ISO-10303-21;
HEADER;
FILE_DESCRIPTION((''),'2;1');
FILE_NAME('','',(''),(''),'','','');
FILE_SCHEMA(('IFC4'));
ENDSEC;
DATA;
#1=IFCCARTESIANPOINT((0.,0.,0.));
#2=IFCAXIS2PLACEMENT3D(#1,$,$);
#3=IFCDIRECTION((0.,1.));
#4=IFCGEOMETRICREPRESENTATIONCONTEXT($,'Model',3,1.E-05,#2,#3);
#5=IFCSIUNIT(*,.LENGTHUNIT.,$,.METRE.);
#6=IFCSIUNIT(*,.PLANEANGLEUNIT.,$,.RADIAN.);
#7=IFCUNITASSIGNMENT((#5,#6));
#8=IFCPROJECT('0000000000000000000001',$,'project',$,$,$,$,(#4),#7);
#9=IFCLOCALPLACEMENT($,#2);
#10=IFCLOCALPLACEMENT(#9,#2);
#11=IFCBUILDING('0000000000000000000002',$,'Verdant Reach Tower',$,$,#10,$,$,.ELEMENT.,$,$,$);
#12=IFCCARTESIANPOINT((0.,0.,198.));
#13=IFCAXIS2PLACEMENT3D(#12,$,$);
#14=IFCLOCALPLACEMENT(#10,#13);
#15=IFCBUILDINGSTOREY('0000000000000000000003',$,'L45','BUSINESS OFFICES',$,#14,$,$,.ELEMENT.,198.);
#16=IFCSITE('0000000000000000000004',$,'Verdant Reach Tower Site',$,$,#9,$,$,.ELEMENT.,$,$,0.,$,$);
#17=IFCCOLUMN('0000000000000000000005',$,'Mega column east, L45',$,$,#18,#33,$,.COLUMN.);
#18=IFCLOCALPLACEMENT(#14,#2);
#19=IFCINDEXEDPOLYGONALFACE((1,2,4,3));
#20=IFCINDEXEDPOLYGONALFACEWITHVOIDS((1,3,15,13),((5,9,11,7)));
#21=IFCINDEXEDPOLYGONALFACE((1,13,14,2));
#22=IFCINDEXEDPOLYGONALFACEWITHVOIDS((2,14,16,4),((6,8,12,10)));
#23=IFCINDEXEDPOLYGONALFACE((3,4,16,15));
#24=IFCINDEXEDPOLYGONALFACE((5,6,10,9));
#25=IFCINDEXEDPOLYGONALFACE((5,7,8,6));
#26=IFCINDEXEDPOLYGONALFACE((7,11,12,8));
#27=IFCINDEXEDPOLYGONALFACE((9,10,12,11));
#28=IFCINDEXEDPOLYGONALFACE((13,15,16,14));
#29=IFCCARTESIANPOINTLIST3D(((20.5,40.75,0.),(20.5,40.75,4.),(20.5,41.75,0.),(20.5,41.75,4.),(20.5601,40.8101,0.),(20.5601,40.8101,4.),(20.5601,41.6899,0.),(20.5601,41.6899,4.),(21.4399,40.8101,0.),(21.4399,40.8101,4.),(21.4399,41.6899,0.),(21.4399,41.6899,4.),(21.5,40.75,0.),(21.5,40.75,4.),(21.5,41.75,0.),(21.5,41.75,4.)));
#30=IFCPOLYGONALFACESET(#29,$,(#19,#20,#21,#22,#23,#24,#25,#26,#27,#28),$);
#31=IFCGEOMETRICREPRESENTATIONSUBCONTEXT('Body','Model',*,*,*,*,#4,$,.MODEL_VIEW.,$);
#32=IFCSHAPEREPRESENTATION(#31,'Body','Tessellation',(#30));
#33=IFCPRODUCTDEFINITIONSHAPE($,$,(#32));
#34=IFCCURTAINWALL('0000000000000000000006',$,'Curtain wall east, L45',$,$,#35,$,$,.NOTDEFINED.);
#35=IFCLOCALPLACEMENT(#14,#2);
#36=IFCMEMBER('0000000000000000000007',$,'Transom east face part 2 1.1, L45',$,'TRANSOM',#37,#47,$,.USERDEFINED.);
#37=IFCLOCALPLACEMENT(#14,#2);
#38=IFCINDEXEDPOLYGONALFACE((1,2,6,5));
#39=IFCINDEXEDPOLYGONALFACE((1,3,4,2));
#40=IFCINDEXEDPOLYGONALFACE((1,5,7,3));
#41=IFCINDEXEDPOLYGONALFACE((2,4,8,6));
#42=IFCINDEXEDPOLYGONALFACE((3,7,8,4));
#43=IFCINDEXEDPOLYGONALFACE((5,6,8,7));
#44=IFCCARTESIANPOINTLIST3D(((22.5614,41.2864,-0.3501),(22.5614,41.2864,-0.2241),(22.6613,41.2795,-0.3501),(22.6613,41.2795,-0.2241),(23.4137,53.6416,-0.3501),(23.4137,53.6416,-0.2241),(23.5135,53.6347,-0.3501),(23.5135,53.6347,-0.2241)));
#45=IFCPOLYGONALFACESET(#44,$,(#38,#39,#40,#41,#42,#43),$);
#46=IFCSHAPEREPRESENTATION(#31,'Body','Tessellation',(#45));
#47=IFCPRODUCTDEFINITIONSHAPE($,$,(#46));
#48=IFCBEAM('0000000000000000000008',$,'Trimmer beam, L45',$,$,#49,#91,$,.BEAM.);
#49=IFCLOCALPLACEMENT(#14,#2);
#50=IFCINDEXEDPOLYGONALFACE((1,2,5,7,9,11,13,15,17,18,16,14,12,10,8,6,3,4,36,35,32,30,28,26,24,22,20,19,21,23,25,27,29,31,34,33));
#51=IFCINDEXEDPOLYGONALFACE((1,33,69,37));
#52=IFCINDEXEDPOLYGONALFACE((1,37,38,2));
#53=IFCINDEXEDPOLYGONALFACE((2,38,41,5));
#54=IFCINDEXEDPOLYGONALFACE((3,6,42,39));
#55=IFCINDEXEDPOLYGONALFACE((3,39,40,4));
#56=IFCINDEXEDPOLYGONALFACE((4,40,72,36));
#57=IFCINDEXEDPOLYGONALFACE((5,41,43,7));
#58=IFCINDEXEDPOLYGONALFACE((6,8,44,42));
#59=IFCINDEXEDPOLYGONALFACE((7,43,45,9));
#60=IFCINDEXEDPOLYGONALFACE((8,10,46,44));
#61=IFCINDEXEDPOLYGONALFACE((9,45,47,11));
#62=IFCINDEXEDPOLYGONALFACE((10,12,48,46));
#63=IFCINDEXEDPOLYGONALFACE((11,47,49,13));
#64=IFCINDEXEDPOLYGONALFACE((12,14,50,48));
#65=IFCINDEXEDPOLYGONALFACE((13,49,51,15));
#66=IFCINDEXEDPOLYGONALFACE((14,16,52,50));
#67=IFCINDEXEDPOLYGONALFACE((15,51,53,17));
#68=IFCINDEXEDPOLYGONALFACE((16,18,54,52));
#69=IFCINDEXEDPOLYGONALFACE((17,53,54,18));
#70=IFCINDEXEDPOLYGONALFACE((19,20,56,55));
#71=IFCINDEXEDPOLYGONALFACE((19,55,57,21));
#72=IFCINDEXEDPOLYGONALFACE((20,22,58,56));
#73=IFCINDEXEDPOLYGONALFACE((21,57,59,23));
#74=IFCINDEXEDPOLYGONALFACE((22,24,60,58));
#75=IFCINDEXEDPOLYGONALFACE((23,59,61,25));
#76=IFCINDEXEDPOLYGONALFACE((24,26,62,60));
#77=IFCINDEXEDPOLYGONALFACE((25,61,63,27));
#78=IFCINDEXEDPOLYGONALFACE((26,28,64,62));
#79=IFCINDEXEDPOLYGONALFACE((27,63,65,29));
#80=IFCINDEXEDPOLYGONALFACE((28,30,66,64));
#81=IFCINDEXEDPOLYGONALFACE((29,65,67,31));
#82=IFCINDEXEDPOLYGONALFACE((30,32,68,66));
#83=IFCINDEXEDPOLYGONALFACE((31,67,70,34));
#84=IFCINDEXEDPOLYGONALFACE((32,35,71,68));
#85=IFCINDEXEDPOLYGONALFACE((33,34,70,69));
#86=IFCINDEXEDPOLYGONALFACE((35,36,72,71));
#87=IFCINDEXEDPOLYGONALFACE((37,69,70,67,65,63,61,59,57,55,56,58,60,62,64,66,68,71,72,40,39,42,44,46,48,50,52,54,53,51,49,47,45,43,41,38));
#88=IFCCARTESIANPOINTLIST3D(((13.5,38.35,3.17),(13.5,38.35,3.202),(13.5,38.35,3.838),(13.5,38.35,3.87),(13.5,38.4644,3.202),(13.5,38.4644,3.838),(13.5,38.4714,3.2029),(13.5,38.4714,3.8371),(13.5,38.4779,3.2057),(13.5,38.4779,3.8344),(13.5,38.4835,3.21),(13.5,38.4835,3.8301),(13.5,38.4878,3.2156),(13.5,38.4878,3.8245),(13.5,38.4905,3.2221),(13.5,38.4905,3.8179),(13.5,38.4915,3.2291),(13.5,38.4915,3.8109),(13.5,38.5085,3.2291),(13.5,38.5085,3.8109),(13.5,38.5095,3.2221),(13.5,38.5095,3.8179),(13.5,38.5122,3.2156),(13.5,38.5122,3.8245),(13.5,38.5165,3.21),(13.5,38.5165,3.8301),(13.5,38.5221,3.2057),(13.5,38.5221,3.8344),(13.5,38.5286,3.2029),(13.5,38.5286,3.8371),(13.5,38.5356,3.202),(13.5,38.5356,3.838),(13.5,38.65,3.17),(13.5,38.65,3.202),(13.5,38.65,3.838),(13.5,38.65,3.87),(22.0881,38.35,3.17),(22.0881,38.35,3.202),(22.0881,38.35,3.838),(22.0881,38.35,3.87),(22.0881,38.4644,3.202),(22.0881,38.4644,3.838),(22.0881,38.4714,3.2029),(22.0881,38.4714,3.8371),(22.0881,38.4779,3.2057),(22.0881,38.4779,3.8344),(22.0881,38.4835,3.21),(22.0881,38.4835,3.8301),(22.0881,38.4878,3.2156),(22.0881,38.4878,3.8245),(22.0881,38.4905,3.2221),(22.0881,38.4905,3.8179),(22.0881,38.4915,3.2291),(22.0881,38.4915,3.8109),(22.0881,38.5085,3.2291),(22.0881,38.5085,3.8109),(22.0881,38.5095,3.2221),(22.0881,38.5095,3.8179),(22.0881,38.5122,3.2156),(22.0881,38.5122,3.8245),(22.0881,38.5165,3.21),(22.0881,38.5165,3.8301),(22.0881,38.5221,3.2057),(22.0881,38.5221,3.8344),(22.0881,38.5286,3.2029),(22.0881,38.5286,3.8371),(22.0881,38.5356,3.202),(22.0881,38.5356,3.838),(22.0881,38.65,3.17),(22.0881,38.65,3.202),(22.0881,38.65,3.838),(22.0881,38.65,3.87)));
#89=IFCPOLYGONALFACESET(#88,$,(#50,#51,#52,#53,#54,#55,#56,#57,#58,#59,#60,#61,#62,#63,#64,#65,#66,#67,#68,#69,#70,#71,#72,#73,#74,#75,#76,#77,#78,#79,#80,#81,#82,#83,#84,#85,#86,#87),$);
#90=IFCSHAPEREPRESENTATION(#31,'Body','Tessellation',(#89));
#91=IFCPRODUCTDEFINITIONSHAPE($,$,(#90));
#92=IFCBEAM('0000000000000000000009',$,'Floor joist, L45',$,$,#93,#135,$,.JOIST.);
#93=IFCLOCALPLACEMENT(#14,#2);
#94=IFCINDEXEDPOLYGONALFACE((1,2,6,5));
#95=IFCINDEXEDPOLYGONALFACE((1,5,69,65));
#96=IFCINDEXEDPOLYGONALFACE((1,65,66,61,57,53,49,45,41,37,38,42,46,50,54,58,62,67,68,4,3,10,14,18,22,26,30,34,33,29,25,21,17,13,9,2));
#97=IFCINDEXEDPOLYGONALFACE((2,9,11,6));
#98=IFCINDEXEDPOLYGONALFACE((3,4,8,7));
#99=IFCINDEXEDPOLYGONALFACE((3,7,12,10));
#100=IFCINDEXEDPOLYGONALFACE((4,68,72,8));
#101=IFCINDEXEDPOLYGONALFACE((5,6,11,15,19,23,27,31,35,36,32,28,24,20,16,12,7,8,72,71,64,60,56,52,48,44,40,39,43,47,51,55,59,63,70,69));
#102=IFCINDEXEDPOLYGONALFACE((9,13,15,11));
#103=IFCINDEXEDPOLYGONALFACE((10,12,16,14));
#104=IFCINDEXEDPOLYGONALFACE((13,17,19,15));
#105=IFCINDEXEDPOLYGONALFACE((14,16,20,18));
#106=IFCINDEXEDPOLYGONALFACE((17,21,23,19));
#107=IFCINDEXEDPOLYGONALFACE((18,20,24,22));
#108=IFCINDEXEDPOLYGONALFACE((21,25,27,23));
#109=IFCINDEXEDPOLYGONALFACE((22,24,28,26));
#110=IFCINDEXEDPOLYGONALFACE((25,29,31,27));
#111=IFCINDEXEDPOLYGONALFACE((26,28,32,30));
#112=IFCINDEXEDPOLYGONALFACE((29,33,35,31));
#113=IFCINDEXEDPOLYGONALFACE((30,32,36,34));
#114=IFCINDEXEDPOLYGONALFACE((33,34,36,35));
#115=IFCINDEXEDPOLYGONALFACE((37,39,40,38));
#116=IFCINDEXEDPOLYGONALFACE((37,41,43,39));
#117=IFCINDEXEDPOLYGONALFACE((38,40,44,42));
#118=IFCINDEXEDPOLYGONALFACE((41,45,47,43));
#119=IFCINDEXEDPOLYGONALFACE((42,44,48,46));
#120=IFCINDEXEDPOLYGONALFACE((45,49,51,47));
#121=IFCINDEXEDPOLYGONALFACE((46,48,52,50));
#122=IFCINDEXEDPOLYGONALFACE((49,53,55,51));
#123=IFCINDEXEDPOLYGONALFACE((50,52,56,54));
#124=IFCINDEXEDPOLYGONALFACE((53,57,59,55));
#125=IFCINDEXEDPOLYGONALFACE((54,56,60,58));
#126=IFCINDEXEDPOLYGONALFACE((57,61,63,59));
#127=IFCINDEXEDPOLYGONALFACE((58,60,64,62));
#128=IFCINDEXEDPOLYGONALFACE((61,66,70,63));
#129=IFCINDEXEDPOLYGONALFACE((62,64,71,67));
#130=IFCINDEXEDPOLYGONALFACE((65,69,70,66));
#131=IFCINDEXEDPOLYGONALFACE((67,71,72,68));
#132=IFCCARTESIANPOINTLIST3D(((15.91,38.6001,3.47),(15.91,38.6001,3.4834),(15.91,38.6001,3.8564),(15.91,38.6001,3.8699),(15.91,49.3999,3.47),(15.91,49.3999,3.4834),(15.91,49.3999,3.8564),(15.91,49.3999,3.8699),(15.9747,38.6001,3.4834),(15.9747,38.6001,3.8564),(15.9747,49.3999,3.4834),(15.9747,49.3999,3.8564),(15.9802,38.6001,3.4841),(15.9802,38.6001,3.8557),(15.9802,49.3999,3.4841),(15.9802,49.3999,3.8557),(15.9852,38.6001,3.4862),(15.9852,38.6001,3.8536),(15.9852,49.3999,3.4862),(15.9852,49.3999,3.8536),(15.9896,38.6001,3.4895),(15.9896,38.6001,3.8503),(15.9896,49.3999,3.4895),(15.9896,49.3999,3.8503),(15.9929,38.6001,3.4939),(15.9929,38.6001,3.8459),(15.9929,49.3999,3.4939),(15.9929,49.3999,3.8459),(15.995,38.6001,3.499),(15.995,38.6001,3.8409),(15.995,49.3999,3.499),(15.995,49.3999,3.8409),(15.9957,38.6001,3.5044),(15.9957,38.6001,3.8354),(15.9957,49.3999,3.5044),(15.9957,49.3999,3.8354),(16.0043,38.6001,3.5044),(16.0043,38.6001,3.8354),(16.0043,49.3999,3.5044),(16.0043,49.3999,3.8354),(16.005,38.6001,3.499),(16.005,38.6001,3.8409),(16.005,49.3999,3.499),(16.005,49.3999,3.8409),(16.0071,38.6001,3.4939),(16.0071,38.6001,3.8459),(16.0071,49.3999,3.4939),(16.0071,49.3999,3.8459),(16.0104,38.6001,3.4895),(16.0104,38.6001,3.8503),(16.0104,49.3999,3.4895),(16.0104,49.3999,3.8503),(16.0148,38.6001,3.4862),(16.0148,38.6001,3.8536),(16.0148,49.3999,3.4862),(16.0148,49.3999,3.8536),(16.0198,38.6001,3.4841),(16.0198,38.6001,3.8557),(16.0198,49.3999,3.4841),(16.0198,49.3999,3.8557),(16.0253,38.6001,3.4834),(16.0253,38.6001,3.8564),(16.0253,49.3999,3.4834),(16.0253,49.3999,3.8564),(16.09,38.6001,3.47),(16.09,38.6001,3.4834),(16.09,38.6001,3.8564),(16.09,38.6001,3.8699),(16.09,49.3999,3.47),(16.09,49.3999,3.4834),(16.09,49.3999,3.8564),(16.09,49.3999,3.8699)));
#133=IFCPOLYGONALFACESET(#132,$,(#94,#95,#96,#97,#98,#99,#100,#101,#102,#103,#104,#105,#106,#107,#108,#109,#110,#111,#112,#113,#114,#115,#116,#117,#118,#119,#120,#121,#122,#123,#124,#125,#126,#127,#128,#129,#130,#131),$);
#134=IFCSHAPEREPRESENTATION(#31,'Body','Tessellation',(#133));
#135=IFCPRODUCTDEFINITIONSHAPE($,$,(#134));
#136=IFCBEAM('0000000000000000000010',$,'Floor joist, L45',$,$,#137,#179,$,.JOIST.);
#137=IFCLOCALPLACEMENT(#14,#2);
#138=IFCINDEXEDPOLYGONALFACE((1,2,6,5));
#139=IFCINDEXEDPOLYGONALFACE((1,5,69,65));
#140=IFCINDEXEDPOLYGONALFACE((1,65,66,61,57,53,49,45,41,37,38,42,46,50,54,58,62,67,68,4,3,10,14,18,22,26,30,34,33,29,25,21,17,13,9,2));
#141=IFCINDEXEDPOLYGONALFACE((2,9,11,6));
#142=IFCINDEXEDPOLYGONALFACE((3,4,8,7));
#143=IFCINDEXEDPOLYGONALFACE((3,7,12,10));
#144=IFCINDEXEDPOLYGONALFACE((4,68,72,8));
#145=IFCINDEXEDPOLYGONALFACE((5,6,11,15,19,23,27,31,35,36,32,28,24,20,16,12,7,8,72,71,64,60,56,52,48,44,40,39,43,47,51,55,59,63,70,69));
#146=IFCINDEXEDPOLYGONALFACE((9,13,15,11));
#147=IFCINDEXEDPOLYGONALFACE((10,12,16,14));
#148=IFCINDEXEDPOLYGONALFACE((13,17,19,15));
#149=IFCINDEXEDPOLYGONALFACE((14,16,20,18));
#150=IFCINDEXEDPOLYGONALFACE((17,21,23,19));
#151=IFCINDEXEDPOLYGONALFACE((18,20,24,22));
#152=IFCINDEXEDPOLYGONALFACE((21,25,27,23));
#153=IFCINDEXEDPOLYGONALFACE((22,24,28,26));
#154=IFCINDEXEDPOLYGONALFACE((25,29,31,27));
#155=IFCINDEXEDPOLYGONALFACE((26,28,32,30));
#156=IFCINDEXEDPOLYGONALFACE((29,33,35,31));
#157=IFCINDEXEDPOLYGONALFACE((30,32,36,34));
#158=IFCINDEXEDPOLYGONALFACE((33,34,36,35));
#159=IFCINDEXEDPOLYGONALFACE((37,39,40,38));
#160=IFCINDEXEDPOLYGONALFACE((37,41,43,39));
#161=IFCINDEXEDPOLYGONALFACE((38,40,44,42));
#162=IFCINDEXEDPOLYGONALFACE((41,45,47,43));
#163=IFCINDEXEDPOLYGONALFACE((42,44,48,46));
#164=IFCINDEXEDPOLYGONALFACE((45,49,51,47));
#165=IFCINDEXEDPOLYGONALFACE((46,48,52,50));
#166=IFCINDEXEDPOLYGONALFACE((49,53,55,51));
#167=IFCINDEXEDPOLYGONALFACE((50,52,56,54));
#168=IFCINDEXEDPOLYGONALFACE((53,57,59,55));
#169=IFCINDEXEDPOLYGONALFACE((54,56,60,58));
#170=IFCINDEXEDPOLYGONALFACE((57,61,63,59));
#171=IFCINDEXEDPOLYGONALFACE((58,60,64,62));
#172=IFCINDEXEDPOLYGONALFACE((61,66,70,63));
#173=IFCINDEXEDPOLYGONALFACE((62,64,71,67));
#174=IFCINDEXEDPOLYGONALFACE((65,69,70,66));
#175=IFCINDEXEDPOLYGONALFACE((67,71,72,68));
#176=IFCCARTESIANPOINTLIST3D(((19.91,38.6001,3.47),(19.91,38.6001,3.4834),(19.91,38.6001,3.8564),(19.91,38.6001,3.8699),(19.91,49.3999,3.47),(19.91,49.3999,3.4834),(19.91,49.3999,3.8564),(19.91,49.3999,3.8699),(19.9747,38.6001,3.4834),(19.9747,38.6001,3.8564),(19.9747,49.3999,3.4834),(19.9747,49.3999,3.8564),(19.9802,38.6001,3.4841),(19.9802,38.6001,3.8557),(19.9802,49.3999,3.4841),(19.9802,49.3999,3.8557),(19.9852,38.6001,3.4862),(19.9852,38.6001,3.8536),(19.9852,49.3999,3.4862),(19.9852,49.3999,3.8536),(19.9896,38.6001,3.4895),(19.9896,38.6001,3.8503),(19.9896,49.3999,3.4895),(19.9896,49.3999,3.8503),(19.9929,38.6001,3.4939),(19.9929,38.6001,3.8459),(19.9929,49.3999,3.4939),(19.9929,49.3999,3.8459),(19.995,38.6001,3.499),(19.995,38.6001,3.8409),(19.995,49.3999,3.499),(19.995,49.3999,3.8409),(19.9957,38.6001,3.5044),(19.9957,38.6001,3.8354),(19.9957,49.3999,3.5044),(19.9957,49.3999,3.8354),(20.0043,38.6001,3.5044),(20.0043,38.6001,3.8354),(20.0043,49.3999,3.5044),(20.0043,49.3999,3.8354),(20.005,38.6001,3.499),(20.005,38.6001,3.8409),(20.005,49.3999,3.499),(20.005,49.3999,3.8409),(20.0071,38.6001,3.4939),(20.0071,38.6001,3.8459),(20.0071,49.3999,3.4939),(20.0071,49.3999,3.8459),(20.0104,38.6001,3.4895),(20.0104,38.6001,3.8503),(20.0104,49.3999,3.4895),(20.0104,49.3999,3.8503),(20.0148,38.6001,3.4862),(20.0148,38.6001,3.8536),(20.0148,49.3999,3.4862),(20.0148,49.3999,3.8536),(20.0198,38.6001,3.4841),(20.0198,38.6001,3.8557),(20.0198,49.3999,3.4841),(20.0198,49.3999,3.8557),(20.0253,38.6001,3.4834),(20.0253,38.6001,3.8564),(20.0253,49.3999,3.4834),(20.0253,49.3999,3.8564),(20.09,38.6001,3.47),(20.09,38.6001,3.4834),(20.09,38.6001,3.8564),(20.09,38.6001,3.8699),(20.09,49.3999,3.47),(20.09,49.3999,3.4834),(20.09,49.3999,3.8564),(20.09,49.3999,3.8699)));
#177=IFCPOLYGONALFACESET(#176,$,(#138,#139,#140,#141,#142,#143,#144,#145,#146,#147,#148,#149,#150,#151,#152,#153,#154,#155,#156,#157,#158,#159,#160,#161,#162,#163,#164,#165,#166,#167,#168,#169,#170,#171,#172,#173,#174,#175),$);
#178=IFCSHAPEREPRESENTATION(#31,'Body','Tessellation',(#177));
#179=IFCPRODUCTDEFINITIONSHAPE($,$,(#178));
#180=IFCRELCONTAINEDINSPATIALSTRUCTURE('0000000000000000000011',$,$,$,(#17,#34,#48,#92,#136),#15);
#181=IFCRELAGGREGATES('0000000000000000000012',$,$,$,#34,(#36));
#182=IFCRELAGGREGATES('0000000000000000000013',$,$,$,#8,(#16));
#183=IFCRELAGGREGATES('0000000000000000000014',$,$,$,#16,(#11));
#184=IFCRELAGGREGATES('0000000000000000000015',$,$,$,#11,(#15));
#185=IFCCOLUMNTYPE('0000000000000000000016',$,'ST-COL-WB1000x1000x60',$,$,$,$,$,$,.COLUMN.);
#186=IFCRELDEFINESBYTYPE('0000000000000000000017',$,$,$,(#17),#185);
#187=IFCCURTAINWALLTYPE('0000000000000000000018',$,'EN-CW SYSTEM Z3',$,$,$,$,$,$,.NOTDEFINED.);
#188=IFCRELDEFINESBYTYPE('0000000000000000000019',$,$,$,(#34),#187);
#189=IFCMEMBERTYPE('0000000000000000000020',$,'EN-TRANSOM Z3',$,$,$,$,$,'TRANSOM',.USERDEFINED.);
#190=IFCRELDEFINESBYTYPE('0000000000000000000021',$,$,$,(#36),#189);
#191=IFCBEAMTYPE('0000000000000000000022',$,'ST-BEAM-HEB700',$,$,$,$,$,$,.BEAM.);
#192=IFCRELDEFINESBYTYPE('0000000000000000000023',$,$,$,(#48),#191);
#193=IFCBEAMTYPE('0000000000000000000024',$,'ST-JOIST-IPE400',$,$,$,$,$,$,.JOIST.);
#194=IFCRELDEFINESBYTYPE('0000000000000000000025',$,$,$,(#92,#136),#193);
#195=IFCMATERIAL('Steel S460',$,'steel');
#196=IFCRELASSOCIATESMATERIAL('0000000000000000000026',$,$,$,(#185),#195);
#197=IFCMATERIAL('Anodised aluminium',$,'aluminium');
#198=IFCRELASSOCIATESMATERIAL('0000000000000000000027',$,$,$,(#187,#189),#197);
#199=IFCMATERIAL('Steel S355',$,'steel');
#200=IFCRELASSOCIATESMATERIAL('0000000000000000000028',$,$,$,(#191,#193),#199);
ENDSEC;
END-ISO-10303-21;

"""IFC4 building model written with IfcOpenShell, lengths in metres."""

from ifc_helpers import new_model, si_unit, direction, frame, origin, origin_2d, place, context, subcontext, project, spatial, rectangle, hollow_rectangle, i_section, extrude, material, material_profile, profile_set, type_object, element, aggregate, save


model = new_model("IFC4")

# Units and contexts
model_context = context("Model", 3, precision=1e-05, world=origin(), true_north=direction((0.0, 1.0)))
body_context = subcontext(model_context, "Body", "Model", "MODEL_VIEW")
ifc_project = project(units=[si_unit("LENGTHUNIT", "METRE"), si_unit("PLANEANGLEUNIT", "RADIAN")], contexts=[model_context])

# Site, building, storey
site_placement = place(None, origin())
site = spatial("IfcSite", under=ifc_project, at=site_placement, Name="Verdant Reach Tower Site", CompositionType="ELEMENT", RefElevation=0.0)
building_placement = place(site_placement, origin())
building = spatial("IfcBuilding", under=site, at=building_placement, Name="Verdant Reach Tower", CompositionType="ELEMENT")
storey_placement = place(building_placement, frame((0.0, 0.0, 198.0)))
storey = spatial("IfcBuildingStorey", under=building, at=storey_placement, Name="L45", Description="BUSINESS OFFICES", CompositionType="ELEMENT", Elevation=198.0)

# Column
ifc_material_1 = material(Name="Steel S460", Category="steel")
ifc_material_profile_1 = material_profile(ifc_material_1, hollow_rectangle(XDim=1.0, YDim=1.0, WallThickness=0.0601, at=origin_2d()), Name="WB 1000x1000x60")
ifc_profile_set_1 = profile_set([ifc_material_profile_1], Name="Steel S460")
column_type = type_object("IfcColumnType", Name="ST-COL-WB1000x1000x60", PredefinedType="COLUMN", material=ifc_profile_set_1)
column_placement = place(storey_placement, frame((21.0, 41.25, 0.0), z_axis=(0.0, 0.0, 1.0), x_axis=(1.0, 0.0, 0.0)))
element("IfcColumn", 1, at=column_placement, inside=storey, type_object=column_type, Name="Mega column east, L45", PredefinedType="COLUMN", context=body_context, shape_type="SweptSolid", body=[
    extrude(hollow_rectangle(XDim=1.0, YDim=1.0, WallThickness=0.0601, at=origin_2d()), origin(), (0.0, 0.0, 1.0), 4.0),
])

# Curtain wall, member
ifc_material_2 = material(Name="Anodised aluminium", Category="aluminium")
curtain_wall_type = type_object("IfcCurtainWallType", Name="EN-CW SYSTEM Z3", PredefinedType="NOTDEFINED", material=ifc_material_2)
curtain_wall_placement = place(storey_placement, origin())
curtain_wall = element("IfcCurtainWall", 2, at=curtain_wall_placement, inside=storey, type_object=curtain_wall_type, Name="Curtain wall east, L45", PredefinedType="NOTDEFINED")
ifc_material_profile_2 = material_profile(ifc_material_2, rectangle(XDim=0.1001, YDim=0.126, at=origin_2d()), Name="Transom 126x100")
ifc_profile_set_2 = profile_set([ifc_material_profile_2], Name="Anodised aluminium")
member_type = type_object("IfcMemberType", Name="EN-TRANSOM Z3", ElementType="TRANSOM", PredefinedType="USERDEFINED", material=ifc_profile_set_2)
member_placement = place(storey_placement, frame((22.6113, 41.283, -0.2871), z_axis=(0.068819, 0.997629, 0.0), x_axis=(-0.997629, 0.068819, 0.0)))
member = element("IfcMember", 3, at=member_placement, type_object=member_type, Name="Transom east face part 2 1.1, L45", ObjectType="TRANSOM", PredefinedType="USERDEFINED", context=body_context, shape_type="SweptSolid", body=[
    extrude(rectangle(XDim=0.1001, YDim=0.126, at=origin_2d()), origin(), (0.0, 0.0, 1.0), 12.3845),
])

# Beams
ifc_material_3 = material(Name="Steel S355", Category="steel")
ifc_material_profile_3 = material_profile(ifc_material_3, i_section(OverallWidth=0.3, OverallDepth=0.7, WebThickness=0.0171, FlangeThickness=0.032, FilletRadius=0.0271, at=origin_2d()), Name="HEB 700")
ifc_profile_set_3 = profile_set([ifc_material_profile_3], Name="Steel S355")
beam_type_1 = type_object("IfcBeamType", Name="ST-BEAM-HEB700", PredefinedType="BEAM", material=ifc_profile_set_3)
beam_1_placement = place(storey_placement, frame((13.5, 38.5, 3.52), z_axis=(1.0, 0.0, 0.0), x_axis=(0.0, 1.0, 0.0)))
element("IfcBeam", 4, at=beam_1_placement, inside=storey, type_object=beam_type_1, Name="Trimmer beam, L45", PredefinedType="BEAM", context=body_context, shape_type="SweptSolid", body=[
    extrude(i_section(OverallWidth=0.3, OverallDepth=0.7, WebThickness=0.0171, FlangeThickness=0.032, FilletRadius=0.0271, at=origin_2d()), origin(), (0.0, 0.0, 1.0), 8.5881),
])
ifc_material_profile_4 = material_profile(ifc_material_3, i_section(OverallWidth=0.1799, OverallDepth=0.3999, WebThickness=0.0085, FlangeThickness=0.0134, FilletRadius=0.021, at=origin_2d()), Name="IPE 400")
ifc_profile_set_4 = profile_set([ifc_material_profile_4], Name="Steel S355")
beam_type_2 = type_object("IfcBeamType", Name="ST-JOIST-IPE400", PredefinedType="JOIST", material=ifc_profile_set_4)
for number, where, z_axis, x_axis, name in (
    (5, (16.0, 38.6001, 3.6699), (0.0, 1.0, 0.0), (-1.0, 0.0, 0.0), "Floor joist, L45"),
    (6, (20.0, 38.6001, 3.6699), (0.0, 1.0, 0.0), (-1.0, 0.0, 0.0), "Floor joist, L45"),
):
    element("IfcBeam", number, at=place(storey_placement, frame(where, z_axis=z_axis, x_axis=x_axis)), inside=storey, type_object=beam_type_2, Name=name, PredefinedType="JOIST", context=body_context, shape_type="SweptSolid", body=[
        extrude(i_section(OverallWidth=0.1799, OverallDepth=0.3999, WebThickness=0.0085, FlangeThickness=0.0134, FilletRadius=0.021, at=origin_2d()), origin(), (0.0, 0.0, 1.0), 10.7998),
    ])

aggregate(curtain_wall, [member])

save(model, "model.ifc")
